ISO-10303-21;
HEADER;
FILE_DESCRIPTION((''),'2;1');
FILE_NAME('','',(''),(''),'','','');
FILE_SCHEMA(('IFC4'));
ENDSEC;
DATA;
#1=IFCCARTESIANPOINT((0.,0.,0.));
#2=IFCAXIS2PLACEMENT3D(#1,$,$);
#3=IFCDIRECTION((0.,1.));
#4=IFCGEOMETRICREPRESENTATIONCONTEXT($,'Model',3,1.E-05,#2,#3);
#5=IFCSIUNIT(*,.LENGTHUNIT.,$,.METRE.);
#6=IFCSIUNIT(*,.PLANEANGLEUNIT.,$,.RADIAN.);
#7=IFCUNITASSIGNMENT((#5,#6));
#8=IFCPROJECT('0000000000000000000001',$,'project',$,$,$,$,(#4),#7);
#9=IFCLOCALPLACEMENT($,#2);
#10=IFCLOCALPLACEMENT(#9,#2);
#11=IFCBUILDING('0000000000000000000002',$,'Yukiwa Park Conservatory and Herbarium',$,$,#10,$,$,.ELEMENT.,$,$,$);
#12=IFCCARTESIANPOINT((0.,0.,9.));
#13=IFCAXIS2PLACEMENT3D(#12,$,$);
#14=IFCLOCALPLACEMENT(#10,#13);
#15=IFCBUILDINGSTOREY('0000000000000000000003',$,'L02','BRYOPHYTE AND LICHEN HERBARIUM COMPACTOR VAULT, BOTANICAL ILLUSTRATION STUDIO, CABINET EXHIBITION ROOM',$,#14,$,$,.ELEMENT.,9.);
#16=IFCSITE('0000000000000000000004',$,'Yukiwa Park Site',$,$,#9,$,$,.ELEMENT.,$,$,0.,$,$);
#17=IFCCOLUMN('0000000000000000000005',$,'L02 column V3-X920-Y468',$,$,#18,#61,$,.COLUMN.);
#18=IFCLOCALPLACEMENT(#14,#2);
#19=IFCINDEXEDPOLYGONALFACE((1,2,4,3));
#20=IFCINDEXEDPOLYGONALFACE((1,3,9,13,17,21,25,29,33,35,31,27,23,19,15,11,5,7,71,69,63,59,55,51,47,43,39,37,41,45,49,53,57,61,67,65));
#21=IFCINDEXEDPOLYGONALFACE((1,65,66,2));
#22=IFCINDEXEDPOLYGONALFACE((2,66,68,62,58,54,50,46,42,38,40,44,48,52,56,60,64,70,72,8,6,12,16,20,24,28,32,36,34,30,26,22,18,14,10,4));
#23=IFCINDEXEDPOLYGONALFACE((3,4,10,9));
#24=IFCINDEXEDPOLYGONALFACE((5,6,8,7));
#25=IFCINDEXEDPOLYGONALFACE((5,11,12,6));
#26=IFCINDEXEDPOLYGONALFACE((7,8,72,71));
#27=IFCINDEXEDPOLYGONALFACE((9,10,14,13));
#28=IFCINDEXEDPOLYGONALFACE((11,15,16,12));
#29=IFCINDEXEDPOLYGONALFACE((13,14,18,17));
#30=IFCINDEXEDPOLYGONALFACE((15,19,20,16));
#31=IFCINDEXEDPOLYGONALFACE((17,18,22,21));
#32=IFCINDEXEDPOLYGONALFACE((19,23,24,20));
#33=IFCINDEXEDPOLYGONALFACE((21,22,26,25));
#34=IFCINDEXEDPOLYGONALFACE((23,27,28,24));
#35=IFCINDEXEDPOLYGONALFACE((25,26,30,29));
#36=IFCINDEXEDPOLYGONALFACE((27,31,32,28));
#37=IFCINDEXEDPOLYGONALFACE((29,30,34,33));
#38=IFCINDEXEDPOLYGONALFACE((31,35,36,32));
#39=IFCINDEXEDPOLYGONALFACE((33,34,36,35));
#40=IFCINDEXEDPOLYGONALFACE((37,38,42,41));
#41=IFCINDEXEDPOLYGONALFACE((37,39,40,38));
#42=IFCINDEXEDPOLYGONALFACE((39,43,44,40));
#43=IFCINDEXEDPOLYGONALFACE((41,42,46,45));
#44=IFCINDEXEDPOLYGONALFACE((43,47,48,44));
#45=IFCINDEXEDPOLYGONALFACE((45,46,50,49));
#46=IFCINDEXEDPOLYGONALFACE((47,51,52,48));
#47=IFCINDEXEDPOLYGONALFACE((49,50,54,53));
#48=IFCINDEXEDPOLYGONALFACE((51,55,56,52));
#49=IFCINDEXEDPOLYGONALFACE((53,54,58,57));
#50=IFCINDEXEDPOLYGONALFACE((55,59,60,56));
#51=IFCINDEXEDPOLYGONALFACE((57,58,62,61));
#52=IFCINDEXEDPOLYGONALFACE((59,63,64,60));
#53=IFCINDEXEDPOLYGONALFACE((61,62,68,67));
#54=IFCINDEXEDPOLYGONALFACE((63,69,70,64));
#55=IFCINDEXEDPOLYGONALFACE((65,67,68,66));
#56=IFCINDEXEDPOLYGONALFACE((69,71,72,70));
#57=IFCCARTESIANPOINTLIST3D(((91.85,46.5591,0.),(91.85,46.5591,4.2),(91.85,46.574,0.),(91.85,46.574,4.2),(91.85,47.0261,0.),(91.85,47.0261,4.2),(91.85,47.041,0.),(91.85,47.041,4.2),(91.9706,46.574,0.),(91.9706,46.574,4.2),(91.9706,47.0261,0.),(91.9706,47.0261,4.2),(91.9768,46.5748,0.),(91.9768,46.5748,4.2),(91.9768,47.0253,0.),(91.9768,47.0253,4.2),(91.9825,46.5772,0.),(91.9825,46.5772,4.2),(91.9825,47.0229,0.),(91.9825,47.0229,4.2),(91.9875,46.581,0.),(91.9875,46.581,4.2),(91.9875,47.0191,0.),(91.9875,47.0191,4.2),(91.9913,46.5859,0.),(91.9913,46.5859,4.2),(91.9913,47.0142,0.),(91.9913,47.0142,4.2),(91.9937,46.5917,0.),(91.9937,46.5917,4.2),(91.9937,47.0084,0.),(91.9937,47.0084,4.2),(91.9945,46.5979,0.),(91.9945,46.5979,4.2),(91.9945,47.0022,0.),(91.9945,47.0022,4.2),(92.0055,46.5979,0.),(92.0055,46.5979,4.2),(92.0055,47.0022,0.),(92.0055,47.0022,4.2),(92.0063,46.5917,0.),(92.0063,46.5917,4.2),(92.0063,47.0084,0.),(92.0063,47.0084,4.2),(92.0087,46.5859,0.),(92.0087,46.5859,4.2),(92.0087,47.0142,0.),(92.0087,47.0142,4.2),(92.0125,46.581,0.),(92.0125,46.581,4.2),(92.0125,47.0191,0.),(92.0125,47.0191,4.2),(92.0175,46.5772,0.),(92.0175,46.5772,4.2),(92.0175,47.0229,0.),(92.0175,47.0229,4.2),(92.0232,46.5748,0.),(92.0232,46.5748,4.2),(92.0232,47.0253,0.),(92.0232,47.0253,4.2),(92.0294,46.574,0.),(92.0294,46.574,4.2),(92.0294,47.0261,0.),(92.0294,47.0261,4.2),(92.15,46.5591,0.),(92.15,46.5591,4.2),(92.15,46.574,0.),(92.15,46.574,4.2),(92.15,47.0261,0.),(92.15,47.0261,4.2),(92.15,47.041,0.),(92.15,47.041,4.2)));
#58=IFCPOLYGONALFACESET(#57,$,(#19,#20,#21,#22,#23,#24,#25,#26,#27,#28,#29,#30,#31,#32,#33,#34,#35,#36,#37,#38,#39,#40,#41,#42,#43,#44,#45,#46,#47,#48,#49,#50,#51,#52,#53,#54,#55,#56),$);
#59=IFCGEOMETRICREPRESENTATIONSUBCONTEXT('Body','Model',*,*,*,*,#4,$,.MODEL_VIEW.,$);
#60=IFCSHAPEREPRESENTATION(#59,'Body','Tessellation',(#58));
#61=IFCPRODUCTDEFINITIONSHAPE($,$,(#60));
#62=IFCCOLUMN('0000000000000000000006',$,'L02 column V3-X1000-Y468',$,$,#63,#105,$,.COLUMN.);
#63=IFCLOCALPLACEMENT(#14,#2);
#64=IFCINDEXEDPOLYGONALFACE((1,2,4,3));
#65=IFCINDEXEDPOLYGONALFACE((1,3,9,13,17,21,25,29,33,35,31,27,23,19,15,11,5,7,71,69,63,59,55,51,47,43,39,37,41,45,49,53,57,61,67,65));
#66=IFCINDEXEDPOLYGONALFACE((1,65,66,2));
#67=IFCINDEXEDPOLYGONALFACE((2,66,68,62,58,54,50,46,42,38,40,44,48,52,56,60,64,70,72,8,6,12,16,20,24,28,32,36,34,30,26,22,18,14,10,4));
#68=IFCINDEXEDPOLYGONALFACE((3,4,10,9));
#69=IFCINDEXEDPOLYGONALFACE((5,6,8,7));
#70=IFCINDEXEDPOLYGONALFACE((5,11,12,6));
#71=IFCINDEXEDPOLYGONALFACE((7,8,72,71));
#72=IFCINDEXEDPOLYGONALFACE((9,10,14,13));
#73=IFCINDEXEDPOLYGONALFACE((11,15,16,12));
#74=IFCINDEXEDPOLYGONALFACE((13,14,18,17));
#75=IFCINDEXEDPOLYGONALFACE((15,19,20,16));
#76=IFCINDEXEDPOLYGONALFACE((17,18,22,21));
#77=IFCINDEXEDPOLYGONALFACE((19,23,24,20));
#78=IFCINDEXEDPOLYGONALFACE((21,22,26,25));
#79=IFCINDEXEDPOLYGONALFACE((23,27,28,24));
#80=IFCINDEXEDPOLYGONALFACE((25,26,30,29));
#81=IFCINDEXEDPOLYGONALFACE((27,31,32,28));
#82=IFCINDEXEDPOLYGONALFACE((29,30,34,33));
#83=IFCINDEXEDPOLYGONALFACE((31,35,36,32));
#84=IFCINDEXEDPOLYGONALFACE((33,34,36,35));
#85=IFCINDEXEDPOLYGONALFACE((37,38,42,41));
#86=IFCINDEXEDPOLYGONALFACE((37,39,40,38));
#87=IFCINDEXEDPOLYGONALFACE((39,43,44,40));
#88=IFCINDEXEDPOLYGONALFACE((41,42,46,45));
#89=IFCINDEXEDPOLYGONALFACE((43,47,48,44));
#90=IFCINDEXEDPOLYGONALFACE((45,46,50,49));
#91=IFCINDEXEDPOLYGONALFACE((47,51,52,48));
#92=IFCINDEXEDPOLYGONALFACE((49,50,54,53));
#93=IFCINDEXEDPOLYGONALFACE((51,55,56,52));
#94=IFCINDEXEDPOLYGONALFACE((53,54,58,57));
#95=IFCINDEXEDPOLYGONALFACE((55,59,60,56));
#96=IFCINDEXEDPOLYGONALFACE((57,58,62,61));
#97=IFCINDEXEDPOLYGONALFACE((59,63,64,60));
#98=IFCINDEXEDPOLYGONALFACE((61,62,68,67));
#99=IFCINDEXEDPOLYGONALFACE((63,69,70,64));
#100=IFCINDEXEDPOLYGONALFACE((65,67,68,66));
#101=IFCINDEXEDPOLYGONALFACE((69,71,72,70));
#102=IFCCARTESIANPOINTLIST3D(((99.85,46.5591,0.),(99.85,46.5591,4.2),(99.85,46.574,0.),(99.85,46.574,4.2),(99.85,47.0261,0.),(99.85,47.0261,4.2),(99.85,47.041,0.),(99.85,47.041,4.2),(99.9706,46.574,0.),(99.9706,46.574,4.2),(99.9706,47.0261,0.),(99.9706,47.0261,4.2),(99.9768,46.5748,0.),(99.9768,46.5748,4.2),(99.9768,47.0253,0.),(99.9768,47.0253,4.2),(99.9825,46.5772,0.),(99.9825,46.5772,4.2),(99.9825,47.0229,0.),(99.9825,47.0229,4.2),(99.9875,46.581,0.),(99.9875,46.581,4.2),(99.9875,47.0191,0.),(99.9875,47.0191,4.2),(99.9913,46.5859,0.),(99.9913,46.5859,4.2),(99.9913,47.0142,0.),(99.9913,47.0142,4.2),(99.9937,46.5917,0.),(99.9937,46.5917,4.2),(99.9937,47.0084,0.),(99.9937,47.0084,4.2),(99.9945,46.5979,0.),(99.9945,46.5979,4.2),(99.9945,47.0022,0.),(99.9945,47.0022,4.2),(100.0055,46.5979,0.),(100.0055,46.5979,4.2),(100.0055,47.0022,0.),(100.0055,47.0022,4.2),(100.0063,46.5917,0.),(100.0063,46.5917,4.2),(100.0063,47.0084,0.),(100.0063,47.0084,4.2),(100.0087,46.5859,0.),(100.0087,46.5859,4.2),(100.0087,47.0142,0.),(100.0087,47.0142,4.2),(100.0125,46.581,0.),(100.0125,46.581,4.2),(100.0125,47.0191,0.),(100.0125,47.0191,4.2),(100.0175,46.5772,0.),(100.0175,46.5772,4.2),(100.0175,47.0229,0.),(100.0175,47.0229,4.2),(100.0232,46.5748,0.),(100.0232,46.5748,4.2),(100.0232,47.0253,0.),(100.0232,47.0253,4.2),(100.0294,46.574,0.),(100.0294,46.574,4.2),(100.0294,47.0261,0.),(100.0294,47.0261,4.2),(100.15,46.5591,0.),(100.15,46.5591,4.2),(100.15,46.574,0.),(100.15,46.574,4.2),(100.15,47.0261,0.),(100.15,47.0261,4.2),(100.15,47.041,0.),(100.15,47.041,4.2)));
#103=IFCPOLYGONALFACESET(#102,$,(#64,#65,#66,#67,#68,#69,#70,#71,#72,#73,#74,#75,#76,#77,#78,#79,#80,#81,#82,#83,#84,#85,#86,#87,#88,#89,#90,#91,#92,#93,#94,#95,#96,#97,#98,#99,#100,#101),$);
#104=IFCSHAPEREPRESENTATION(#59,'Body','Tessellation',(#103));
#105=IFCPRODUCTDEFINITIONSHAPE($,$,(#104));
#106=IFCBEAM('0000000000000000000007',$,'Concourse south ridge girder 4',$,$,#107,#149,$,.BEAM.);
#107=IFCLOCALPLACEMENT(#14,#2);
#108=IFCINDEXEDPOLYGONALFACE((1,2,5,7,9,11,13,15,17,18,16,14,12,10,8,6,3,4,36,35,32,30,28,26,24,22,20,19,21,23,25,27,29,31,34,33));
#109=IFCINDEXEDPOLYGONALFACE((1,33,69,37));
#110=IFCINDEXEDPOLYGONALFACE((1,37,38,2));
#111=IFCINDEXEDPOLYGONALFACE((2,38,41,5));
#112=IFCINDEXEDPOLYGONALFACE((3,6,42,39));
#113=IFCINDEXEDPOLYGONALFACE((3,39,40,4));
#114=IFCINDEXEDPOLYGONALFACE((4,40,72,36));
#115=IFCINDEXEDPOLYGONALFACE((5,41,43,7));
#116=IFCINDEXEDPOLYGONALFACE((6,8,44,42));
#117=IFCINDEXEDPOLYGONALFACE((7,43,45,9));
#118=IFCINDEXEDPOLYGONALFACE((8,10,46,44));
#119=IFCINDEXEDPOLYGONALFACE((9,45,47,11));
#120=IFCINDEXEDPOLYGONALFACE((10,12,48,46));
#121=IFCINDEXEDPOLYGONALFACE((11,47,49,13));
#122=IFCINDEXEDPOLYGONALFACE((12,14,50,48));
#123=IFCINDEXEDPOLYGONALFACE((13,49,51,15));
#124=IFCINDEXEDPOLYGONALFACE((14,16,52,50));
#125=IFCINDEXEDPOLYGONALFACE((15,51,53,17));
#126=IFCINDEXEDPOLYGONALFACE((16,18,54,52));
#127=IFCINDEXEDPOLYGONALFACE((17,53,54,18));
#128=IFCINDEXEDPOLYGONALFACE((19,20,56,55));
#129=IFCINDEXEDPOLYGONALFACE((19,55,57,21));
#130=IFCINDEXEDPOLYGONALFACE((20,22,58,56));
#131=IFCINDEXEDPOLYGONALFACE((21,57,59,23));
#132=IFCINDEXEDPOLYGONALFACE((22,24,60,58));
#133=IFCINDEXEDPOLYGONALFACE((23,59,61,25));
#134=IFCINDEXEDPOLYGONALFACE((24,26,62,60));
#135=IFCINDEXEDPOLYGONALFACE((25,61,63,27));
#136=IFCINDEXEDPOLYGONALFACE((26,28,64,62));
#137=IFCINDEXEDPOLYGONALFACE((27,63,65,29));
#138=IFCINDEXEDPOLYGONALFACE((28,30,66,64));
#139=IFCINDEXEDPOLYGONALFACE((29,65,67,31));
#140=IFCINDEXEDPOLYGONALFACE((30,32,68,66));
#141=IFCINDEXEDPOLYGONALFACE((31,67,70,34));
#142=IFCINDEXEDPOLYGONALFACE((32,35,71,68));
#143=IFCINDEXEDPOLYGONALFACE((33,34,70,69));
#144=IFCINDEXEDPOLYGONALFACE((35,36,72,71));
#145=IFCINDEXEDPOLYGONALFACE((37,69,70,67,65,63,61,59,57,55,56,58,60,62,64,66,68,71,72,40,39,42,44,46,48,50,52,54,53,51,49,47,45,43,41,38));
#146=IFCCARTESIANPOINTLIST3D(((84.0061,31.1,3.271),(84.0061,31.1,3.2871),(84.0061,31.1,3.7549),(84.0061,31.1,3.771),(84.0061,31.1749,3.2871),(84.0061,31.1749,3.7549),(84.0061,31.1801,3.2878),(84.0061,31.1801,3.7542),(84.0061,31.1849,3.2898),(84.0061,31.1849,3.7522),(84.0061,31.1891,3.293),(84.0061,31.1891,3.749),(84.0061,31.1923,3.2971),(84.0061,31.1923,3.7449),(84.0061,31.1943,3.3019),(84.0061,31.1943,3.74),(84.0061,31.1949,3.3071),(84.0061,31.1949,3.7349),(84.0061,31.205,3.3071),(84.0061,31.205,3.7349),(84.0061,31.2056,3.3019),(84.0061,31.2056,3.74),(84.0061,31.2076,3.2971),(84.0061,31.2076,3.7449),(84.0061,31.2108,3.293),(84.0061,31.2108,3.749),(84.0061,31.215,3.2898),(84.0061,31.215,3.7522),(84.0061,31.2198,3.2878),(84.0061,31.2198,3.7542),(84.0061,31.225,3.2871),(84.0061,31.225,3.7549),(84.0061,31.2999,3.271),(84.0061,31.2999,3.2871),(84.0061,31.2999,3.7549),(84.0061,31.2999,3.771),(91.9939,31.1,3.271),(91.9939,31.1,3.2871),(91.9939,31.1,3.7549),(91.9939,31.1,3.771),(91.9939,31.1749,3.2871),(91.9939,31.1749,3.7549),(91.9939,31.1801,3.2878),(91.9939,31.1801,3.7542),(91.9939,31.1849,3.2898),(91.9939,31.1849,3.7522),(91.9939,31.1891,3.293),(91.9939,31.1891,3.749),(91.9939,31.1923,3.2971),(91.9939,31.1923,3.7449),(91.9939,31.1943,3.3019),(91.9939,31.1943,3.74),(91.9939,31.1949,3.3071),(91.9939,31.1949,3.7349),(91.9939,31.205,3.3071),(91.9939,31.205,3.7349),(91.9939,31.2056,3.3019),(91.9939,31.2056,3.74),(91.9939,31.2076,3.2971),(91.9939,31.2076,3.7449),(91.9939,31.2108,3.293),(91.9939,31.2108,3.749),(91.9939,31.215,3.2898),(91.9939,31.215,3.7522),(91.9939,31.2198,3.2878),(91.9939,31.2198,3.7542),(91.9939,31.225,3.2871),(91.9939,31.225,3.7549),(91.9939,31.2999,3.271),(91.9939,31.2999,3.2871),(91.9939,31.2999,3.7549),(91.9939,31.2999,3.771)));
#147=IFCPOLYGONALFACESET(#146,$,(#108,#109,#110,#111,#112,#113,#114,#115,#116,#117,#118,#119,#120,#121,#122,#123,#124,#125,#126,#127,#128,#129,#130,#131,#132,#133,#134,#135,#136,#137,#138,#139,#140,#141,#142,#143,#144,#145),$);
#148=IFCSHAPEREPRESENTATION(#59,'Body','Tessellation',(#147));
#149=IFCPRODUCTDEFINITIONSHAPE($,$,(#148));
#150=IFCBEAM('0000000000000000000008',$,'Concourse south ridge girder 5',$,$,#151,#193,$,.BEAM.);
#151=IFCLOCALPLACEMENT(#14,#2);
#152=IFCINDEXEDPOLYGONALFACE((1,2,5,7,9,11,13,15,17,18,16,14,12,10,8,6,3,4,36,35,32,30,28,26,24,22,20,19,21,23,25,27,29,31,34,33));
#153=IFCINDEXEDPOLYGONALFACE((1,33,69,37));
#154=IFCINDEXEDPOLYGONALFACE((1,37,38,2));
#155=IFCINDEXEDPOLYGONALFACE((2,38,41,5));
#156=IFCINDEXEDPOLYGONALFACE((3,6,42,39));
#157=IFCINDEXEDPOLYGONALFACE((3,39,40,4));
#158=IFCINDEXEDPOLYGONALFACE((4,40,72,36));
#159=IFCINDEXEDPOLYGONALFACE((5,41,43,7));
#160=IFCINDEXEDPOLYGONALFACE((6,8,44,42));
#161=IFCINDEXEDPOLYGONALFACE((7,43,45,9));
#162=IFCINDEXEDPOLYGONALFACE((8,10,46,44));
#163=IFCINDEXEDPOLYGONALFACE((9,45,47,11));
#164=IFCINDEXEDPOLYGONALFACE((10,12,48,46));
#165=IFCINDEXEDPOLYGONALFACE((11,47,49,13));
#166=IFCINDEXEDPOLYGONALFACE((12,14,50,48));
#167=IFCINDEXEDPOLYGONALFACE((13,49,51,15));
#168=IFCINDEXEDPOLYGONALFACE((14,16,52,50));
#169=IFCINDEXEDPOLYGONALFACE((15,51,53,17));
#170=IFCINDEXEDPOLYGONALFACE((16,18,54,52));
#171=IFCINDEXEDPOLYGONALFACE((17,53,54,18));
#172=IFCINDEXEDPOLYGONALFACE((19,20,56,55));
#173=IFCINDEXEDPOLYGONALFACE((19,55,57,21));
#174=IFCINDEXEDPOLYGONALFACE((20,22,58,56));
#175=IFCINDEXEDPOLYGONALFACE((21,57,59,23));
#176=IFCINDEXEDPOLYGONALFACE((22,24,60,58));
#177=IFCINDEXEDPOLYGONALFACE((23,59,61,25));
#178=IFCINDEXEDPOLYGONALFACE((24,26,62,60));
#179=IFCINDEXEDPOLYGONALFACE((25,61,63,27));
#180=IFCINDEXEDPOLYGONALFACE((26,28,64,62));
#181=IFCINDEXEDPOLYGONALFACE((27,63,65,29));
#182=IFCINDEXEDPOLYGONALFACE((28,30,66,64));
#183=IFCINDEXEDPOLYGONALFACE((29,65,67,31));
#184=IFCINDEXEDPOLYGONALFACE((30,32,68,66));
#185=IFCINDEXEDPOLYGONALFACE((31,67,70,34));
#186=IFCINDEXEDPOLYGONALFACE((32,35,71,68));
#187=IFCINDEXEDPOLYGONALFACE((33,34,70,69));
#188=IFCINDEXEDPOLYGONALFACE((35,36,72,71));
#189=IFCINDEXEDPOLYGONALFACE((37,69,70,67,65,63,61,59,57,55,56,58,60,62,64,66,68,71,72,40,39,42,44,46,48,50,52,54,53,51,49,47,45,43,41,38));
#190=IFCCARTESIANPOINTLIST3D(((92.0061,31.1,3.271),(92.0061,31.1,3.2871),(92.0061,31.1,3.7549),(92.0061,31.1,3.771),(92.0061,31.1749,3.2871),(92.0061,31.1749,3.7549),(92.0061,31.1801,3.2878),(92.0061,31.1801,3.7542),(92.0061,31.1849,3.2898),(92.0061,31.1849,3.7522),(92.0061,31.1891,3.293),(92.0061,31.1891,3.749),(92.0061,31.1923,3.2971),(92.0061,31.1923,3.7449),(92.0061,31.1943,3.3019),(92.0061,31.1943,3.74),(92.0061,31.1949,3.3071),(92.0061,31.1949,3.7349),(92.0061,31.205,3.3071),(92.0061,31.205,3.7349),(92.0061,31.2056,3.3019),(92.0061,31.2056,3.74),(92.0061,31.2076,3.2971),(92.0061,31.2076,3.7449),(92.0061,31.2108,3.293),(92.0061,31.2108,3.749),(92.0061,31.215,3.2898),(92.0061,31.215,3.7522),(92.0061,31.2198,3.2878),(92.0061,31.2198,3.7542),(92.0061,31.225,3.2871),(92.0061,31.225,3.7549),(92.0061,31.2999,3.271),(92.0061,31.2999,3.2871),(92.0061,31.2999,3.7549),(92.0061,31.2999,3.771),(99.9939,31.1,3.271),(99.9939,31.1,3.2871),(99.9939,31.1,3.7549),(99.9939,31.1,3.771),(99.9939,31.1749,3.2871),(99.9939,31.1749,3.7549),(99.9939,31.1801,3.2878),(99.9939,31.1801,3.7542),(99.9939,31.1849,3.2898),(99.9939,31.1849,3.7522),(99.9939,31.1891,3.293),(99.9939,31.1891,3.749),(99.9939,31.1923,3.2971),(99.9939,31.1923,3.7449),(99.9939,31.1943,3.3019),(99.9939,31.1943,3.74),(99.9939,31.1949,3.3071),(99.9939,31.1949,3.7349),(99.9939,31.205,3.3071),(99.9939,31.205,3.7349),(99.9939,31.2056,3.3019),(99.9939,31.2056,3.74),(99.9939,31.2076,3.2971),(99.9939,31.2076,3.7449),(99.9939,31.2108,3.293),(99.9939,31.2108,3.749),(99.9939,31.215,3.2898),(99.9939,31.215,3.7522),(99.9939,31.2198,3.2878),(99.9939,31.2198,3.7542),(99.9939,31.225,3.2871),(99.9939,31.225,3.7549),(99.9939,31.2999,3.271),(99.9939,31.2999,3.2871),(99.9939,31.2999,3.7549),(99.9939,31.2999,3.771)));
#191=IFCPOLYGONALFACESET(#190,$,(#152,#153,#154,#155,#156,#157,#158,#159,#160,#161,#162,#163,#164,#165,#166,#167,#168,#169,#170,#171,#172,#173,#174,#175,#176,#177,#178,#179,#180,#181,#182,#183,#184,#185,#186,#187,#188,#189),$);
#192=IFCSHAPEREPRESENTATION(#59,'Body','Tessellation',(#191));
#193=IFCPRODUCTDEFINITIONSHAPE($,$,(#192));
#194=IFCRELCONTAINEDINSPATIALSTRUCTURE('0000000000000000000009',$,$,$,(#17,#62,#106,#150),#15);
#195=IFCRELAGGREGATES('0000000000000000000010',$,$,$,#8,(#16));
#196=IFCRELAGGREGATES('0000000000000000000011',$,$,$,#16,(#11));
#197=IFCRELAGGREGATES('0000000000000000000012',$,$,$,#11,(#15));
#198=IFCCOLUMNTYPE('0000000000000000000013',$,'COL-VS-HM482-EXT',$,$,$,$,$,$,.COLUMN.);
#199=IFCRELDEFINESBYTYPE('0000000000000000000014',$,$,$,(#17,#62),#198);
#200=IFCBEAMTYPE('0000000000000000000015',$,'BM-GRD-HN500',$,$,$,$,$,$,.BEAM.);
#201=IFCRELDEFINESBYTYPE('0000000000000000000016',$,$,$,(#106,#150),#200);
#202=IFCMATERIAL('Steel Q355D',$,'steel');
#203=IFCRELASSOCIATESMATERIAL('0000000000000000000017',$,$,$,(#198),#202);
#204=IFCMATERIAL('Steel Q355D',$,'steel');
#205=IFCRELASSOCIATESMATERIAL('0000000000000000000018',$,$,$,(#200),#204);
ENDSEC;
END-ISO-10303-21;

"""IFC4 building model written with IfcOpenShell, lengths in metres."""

from ifc_helpers import new_model, si_unit, direction, frame, origin, origin_2d, place, context, subcontext, project, spatial, i_section, extrude, material, material_profile, profile_set, type_object, element, save


model = new_model("IFC4")

# Units and contexts
model_context = context("Model", 3, precision=1e-05, world=origin(), true_north=direction((0.0, 1.0)))
body_context = subcontext(model_context, "Body", "Model", "MODEL_VIEW")
ifc_project = project(units=[si_unit("LENGTHUNIT", "METRE"), si_unit("PLANEANGLEUNIT", "RADIAN")], contexts=[model_context])

# Site, building, storey
site_placement = place(None, origin())
site = spatial("IfcSite", under=ifc_project, at=site_placement, Name="Yukiwa Park Site", CompositionType="ELEMENT", RefElevation=0.0)
building_placement = place(site_placement, origin())
building = spatial("IfcBuilding", under=site, at=building_placement, Name="Yukiwa Park Conservatory and Herbarium", CompositionType="ELEMENT")
storey_placement = place(building_placement, frame((0.0, 0.0, 9.0)))
storey = spatial("IfcBuildingStorey", under=building, at=storey_placement, Name="L02", Description="BRYOPHYTE AND LICHEN HERBARIUM COMPACTOR VAULT, BOTANICAL ILLUSTRATION STUDIO, CABINET EXHIBITION ROOM", CompositionType="ELEMENT", Elevation=9.0)

# Columns
ifc_material_1 = material(Name="Steel Q355D", Category="steel")
ifc_material_profile_1 = material_profile(ifc_material_1, i_section(OverallWidth=0.3, OverallDepth=0.4819, WebThickness=0.011, FlangeThickness=0.0149, FilletRadius=0.0239, at=origin_2d()), Name="HM 482x300x11x15")
ifc_profile_set_1 = profile_set([ifc_material_profile_1], Name="Steel Q355D")
column_type_1 = type_object("IfcColumnType", Name="COL-VS-HM482-EXT", PredefinedType="COLUMN", material=ifc_profile_set_1)
for number, where, z_axis, x_axis, name in (
    (1, (92.0, 46.8, 0.0), (0.0, 0.0, 1.0), (1.0, 0.0, 0.0), "L02 column V3-X920-Y468"),
    (2, (100.0, 46.8, 0.0), (0.0, 0.0, 1.0), (1.0, 0.0, 0.0), "L02 column V3-X1000-Y468"),
):
    element("IfcColumn", number, at=place(storey_placement, frame(where, z_axis=z_axis, x_axis=x_axis)), inside=storey, type_object=column_type_1, Name=name, PredefinedType="COLUMN", context=body_context, shape_type="SweptSolid", body=[
        extrude(i_section(OverallWidth=0.3, OverallDepth=0.4819, WebThickness=0.011, FlangeThickness=0.0149, FilletRadius=0.0239, at=origin_2d()), origin(), (0.0, 0.0, 1.0), 4.2),
    ])

# Beams
ifc_material_2 = material(Name="Steel Q355D", Category="steel")
ifc_material_profile_2 = material_profile(ifc_material_2, i_section(OverallWidth=0.2, OverallDepth=0.5, WebThickness=0.01, FlangeThickness=0.0161, FilletRadius=0.02, at=origin_2d()), Name="HN 500x200x10x16")
ifc_profile_set_2 = profile_set([ifc_material_profile_2], Name="Steel Q355D")
beam_type_1 = type_object("IfcBeamType", Name="BM-GRD-HN500", PredefinedType="BEAM", material=ifc_profile_set_2)
for number, where, z_axis, x_axis, name in (
    (3, (84.0061, 31.2, 3.521), (1.0, 0.0, 0.0), (0.0, 1.0, 0.0), "Concourse south ridge girder 4"),
    (4, (92.0061, 31.2, 3.521), (1.0, 0.0, 0.0), (0.0, 1.0, 0.0), "Concourse south ridge girder 5"),
):
    element("IfcBeam", number, at=place(storey_placement, frame(where, z_axis=z_axis, x_axis=x_axis)), inside=storey, type_object=beam_type_1, Name=name, PredefinedType="BEAM", context=body_context, shape_type="SweptSolid", body=[
        extrude(i_section(OverallWidth=0.2, OverallDepth=0.5, WebThickness=0.01, FlangeThickness=0.0161, FilletRadius=0.02, at=origin_2d()), origin(), (0.0, 0.0, 1.0), 7.9878),
    ])

save(model, "model.ifc")
